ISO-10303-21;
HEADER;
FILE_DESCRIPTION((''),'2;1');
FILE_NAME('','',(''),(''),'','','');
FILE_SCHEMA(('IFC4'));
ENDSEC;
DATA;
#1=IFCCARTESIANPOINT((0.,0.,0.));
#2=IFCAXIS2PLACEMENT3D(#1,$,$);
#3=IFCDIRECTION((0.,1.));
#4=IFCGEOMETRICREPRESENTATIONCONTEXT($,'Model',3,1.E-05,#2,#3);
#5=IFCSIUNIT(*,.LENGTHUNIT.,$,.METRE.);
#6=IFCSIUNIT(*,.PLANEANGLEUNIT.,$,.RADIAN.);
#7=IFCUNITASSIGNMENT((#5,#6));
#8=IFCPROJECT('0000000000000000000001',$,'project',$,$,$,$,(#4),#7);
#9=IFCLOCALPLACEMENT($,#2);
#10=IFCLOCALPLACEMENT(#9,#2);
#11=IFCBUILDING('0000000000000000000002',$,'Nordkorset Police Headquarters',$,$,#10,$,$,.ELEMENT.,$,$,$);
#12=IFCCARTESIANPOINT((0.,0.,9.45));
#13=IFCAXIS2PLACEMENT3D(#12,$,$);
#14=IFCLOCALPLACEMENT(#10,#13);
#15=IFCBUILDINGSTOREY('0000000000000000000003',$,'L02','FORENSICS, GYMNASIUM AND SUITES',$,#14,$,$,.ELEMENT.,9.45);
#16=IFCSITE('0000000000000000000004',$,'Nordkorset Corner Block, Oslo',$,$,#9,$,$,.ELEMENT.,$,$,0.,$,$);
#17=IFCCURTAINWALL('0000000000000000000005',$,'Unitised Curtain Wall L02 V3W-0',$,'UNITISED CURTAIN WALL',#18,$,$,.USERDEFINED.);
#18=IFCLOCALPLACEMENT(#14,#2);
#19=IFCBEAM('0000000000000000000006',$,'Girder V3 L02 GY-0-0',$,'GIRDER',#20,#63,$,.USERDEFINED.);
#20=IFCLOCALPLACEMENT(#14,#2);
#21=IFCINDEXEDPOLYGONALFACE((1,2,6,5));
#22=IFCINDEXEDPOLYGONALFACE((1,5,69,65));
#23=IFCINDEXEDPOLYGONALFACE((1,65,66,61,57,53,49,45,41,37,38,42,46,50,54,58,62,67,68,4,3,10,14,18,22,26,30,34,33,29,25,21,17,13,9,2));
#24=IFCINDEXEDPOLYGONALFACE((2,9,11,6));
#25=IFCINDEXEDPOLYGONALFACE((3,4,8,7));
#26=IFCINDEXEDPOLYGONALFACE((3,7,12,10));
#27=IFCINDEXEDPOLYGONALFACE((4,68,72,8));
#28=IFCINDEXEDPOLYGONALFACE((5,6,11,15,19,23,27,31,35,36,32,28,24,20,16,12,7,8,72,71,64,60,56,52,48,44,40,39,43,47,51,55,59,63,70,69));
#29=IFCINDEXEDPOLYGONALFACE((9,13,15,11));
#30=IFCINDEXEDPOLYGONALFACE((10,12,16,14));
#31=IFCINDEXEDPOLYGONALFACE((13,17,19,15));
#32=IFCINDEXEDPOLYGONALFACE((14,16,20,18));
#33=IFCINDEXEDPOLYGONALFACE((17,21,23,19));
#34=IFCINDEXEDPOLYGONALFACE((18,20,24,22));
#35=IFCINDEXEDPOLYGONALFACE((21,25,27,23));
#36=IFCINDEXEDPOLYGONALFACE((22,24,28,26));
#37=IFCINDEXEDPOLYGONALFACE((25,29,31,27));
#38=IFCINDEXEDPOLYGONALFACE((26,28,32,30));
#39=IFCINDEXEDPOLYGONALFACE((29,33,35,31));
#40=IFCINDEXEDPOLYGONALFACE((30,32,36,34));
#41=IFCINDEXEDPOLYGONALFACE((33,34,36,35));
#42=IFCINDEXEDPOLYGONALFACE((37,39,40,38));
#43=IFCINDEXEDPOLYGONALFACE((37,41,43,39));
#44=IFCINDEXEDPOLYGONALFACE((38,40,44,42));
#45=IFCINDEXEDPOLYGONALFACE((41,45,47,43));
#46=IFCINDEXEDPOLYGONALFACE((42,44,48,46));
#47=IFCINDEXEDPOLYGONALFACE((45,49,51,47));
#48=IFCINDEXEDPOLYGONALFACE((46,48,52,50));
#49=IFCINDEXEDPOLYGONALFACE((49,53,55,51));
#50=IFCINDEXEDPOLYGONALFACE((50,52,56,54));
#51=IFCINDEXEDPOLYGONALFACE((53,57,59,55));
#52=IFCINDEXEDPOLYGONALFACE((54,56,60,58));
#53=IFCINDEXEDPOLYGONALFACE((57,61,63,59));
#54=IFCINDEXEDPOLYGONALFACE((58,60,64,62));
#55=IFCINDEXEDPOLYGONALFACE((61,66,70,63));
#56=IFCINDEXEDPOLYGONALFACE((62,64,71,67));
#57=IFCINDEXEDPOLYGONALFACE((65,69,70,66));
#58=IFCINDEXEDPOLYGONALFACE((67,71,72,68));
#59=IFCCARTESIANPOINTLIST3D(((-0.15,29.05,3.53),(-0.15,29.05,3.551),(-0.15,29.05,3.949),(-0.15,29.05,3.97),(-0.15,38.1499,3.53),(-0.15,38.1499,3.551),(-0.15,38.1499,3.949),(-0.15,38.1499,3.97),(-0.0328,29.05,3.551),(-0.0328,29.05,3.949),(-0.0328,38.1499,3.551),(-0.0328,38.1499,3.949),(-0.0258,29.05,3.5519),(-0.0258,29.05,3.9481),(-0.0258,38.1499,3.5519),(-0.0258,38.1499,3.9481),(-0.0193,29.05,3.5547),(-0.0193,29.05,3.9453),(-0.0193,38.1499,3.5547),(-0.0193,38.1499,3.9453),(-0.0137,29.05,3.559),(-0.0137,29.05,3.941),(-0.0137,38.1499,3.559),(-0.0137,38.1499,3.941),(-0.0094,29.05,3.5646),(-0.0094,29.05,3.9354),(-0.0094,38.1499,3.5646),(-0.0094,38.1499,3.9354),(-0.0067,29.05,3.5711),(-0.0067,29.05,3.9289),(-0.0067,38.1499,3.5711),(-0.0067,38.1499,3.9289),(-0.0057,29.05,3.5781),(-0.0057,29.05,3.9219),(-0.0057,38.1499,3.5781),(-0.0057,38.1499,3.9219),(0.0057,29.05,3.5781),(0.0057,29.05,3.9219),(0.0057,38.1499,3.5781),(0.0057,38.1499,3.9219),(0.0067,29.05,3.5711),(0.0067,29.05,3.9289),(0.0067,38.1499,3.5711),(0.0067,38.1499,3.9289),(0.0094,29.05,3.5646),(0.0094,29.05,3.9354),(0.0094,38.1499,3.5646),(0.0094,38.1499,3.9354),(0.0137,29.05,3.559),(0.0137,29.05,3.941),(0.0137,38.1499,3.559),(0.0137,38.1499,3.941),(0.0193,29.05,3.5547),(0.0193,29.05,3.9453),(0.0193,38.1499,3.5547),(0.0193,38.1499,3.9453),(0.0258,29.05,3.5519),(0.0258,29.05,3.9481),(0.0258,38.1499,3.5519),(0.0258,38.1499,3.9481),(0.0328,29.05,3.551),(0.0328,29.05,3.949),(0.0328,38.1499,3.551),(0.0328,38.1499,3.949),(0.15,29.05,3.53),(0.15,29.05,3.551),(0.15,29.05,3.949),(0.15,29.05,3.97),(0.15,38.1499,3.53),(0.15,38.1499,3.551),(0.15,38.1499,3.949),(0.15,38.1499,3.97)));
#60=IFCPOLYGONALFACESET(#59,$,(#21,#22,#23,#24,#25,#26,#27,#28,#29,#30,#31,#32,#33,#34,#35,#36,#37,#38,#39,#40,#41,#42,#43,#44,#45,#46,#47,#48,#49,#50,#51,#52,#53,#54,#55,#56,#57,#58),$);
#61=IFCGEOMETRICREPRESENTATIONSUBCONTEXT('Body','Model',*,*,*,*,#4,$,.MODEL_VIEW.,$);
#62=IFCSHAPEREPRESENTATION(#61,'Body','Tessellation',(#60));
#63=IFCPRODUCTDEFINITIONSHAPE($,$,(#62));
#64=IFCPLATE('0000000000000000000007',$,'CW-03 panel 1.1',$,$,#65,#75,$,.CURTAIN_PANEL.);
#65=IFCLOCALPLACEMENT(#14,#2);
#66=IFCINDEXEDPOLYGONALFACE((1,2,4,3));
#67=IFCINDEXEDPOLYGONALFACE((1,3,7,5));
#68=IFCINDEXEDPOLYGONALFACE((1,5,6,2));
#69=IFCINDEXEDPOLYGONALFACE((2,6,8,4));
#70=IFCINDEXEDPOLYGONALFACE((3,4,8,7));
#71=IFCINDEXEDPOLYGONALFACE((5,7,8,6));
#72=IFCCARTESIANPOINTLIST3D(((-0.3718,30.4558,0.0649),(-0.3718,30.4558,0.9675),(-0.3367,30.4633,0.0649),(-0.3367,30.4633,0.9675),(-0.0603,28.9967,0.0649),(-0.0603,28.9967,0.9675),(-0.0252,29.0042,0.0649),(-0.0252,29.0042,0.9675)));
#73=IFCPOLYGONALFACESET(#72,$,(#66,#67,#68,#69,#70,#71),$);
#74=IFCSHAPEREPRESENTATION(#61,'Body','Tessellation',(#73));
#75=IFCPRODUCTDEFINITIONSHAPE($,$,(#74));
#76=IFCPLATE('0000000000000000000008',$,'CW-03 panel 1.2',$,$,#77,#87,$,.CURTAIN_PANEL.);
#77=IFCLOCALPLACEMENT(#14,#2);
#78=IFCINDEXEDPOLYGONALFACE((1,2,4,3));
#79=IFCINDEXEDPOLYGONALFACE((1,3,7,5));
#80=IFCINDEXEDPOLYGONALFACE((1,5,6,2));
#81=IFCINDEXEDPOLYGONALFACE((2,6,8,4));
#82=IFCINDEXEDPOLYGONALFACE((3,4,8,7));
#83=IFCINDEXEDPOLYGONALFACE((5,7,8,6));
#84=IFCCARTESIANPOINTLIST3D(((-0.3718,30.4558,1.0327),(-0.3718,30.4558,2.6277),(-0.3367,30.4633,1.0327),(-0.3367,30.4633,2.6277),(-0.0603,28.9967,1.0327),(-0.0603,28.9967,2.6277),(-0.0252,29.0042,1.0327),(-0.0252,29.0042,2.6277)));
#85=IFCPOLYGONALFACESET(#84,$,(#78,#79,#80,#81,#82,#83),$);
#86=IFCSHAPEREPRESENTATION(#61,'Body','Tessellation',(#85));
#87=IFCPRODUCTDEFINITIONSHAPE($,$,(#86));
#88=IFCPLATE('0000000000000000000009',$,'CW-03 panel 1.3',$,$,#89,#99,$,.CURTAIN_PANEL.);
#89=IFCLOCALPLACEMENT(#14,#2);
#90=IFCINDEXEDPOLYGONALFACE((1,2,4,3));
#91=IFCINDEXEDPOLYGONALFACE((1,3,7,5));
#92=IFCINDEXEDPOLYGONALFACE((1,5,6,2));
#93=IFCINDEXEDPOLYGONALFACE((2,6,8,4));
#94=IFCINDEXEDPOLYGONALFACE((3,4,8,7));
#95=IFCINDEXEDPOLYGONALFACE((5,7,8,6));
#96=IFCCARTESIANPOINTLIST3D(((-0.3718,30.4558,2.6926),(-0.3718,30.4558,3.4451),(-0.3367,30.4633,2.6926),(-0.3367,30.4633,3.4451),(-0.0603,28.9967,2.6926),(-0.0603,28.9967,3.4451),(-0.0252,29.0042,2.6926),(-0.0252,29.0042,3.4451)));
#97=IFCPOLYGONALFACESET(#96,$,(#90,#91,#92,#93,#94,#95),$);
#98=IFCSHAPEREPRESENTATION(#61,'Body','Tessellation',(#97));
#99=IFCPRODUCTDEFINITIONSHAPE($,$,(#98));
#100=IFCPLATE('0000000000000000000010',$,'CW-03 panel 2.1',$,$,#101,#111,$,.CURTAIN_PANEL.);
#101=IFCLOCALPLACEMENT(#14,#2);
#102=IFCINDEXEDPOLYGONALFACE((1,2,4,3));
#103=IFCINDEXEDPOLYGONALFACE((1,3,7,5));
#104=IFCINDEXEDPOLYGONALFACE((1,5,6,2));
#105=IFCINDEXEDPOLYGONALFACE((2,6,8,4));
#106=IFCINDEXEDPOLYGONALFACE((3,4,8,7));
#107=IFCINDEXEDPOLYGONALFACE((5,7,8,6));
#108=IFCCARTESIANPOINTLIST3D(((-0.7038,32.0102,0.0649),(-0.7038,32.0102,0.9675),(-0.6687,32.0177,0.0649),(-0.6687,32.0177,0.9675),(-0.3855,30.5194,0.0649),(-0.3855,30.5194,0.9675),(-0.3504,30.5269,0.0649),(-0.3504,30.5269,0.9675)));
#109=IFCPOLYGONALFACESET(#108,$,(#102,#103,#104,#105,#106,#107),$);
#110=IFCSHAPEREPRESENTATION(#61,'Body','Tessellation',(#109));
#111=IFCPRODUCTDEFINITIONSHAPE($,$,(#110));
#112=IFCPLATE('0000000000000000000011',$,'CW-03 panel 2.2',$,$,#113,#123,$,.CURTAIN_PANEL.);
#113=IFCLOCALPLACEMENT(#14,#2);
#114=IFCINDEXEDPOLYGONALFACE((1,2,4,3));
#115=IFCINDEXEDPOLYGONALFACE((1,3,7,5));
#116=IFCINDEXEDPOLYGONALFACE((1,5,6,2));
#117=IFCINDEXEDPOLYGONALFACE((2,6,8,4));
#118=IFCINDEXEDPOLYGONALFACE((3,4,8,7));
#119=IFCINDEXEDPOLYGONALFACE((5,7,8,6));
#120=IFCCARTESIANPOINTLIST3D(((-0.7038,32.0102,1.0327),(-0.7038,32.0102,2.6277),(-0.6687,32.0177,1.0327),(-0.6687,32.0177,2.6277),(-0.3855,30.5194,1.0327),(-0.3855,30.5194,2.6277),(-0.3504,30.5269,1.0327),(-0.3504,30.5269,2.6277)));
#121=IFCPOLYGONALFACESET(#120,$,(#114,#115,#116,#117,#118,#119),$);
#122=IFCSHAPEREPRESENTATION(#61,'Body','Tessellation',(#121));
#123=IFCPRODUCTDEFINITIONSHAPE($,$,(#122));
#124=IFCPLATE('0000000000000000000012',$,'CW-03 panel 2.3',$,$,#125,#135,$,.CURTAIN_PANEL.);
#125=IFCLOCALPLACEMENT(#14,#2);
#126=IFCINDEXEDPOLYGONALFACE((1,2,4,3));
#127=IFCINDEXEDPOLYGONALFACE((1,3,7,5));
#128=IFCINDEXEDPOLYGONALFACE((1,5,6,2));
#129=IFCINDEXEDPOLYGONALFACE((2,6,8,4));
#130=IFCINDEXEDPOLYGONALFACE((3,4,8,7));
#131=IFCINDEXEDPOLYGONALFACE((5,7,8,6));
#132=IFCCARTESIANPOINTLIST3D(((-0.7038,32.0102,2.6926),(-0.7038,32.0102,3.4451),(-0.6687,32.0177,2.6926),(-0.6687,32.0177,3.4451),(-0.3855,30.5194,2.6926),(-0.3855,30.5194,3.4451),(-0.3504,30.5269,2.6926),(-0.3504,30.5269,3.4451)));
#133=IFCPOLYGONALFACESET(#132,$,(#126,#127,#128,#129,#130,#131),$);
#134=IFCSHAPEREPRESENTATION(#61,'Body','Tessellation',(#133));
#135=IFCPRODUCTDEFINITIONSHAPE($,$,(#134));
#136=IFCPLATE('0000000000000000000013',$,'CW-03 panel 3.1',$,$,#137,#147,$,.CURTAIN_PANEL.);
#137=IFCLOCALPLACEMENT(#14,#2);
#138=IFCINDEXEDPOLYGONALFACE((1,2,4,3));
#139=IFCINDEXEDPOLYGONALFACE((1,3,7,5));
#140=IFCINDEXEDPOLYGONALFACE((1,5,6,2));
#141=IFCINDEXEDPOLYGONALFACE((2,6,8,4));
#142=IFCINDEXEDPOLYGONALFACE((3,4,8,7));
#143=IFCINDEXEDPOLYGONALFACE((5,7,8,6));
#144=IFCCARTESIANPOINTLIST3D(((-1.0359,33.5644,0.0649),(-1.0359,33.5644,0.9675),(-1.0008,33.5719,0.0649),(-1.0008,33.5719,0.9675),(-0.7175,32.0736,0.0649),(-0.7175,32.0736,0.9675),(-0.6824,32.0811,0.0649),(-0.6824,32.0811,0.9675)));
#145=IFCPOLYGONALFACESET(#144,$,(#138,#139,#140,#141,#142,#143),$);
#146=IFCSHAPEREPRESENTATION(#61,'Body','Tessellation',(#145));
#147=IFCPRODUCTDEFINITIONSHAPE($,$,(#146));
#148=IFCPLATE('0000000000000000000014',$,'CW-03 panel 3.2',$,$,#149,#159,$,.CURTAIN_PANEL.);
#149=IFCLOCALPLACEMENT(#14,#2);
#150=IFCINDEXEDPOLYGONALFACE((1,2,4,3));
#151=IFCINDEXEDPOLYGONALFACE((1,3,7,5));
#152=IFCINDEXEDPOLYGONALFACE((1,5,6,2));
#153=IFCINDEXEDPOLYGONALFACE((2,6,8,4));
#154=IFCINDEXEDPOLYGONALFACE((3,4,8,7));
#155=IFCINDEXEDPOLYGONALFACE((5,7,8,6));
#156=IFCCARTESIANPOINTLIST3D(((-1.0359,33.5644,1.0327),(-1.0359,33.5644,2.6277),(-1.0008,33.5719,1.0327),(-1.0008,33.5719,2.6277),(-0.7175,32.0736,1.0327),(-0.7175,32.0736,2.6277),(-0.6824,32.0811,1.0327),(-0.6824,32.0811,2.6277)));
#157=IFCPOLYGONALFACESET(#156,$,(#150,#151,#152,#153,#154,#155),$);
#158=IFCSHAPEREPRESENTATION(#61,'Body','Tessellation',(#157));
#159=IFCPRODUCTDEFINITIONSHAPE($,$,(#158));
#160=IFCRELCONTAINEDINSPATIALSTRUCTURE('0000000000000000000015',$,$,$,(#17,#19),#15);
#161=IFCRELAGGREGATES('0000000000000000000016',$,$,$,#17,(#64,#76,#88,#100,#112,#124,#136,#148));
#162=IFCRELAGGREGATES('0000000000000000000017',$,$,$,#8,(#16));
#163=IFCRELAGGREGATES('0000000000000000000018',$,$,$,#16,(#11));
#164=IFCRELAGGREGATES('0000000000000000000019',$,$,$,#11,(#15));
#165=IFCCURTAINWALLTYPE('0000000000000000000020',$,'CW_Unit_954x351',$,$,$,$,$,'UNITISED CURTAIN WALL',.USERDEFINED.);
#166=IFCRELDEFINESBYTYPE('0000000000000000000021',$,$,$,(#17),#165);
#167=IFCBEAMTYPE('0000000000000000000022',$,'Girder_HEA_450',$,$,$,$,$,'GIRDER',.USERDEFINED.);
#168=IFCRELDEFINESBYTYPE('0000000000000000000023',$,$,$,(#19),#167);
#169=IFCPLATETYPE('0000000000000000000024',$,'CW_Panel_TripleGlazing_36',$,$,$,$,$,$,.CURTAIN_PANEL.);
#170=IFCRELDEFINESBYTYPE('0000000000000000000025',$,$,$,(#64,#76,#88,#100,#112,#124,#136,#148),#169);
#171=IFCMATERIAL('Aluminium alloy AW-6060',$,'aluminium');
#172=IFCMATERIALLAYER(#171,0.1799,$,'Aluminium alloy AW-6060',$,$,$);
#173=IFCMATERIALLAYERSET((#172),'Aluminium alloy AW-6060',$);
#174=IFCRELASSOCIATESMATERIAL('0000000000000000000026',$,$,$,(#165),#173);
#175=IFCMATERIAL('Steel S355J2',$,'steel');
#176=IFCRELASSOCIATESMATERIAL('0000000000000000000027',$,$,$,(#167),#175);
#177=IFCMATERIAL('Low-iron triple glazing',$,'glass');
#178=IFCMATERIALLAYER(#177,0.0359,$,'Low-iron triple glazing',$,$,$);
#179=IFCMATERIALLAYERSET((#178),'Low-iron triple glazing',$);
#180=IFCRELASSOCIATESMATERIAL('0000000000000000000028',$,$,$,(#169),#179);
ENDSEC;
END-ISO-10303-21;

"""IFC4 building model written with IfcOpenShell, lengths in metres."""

from ifc_helpers import new_model, si_unit, direction, frame, origin, origin_2d, place, context, subcontext, project, spatial, rectangle, i_section, extrude, material, layer, layer_set, material_profile, profile_set, type_object, element, aggregate, save


model = new_model("IFC4")

# Units and contexts
model_context = context("Model", 3, precision=1e-05, world=origin(), true_north=direction((0.0, 1.0)))
body_context = subcontext(model_context, "Body", "Model", "MODEL_VIEW")
ifc_project = project(units=[si_unit("LENGTHUNIT", "METRE"), si_unit("PLANEANGLEUNIT", "RADIAN")], contexts=[model_context])

# Site, building, storey
site_placement = place(None, origin())
site = spatial("IfcSite", under=ifc_project, at=site_placement, Name="Nordkorset Corner Block, Oslo", CompositionType="ELEMENT", RefElevation=0.0)
building_placement = place(site_placement, origin())
building = spatial("IfcBuilding", under=site, at=building_placement, Name="Nordkorset Police Headquarters", CompositionType="ELEMENT")
storey_placement = place(building_placement, frame((0.0, 0.0, 9.45)))
storey = spatial("IfcBuildingStorey", under=building, at=storey_placement, Name="L02", Description="FORENSICS, GYMNASIUM AND SUITES", CompositionType="ELEMENT", Elevation=9.45)

# Curtain wall
ifc_material_1 = material(Name="Aluminium alloy AW-6060", Category="aluminium")
ifc_layer_1 = layer(ifc_material_1, 0.1799, Name="Aluminium alloy AW-6060")
ifc_layer_set_1 = layer_set([ifc_layer_1], Name="Aluminium alloy AW-6060")
curtain_wall_type = type_object("IfcCurtainWallType", Name="CW_Unit_954x351", ElementType="UNITISED CURTAIN WALL", PredefinedType="USERDEFINED", material=ifc_layer_set_1)
curtain_wall_placement = place(storey_placement, origin())
curtain_wall = element("IfcCurtainWall", 1, at=curtain_wall_placement, inside=storey, type_object=curtain_wall_type, Name="Unitised Curtain Wall L02 V3W-0", ObjectType="UNITISED CURTAIN WALL", PredefinedType="USERDEFINED")

# Beam
ifc_material_2 = material(Name="Steel S355J2", Category="steel")
ifc_material_profile_1 = material_profile(ifc_material_2, i_section(OverallWidth=0.3, OverallDepth=0.4399, WebThickness=0.0115, FlangeThickness=0.021, FilletRadius=0.0271, at=origin_2d()), Name="HEA 450")
ifc_profile_set_1 = profile_set([ifc_material_profile_1], Name="Steel S355J2")
beam_type = type_object("IfcBeamType", Name="Girder_HEA_450", ElementType="GIRDER", PredefinedType="USERDEFINED", material=ifc_profile_set_1)
beam_placement = place(storey_placement, frame((0.0, 29.05, 3.75), z_axis=(0.0, 1.0, 0.0), x_axis=(-1.0, 0.0, 0.0)))
element("IfcBeam", 2, at=beam_placement, inside=storey, type_object=beam_type, Name="Girder V3 L02 GY-0-0", ObjectType="GIRDER", PredefinedType="USERDEFINED", context=body_context, shape_type="SweptSolid", body=[
    extrude(i_section(OverallWidth=0.3, OverallDepth=0.4399, WebThickness=0.0115, FlangeThickness=0.021, FilletRadius=0.0271, at=origin_2d()), origin(), (0.0, 0.0, 1.0), 9.0999),
])

# Plates
ifc_material_3 = material(Name="Low-iron triple glazing", Category="glass")
ifc_layer_2 = layer(ifc_material_3, 0.0359, Name="Low-iron triple glazing")
ifc_layer_set_2 = layer_set([ifc_layer_2], Name="Low-iron triple glazing")
plate_type = type_object("IfcPlateType", Name="CW_Panel_TripleGlazing_36", PredefinedType="CURTAIN_PANEL", material=ifc_layer_set_2)
plate_1_placement = place(storey_placement, frame((-0.1985, 29.73, 0.0649), z_axis=(0.0, 0.0, 1.0), x_axis=(-0.208833, 0.977951, 0.0)))
plate_1 = element("IfcPlate", 3, at=plate_1_placement, type_object=plate_type, Name="CW-03 panel 1.1", PredefinedType="CURTAIN_PANEL", context=body_context, shape_type="SweptSolid", body=[
    extrude(rectangle(XDim=1.4919, YDim=0.0359, at=origin_2d()), origin(), (0.0, 0.0, 1.0), 0.9026),
])
plate_2_placement = place(storey_placement, frame((-0.1985, 29.73, 1.0327), z_axis=(0.0, 0.0, 1.0), x_axis=(-0.208833, 0.977951, 0.0)))
plate_2 = element("IfcPlate", 4, at=plate_2_placement, type_object=plate_type, Name="CW-03 panel 1.2", PredefinedType="CURTAIN_PANEL", context=body_context, shape_type="SweptSolid", body=[
    extrude(rectangle(XDim=1.4919, YDim=0.0359, at=origin_2d()), origin(), (0.0, 0.0, 1.0), 1.595),
])
plate_3_placement = place(storey_placement, frame((-0.1985, 29.73, 2.6926), z_axis=(0.0, 0.0, 1.0), x_axis=(-0.208833, 0.977951, 0.0)))
plate_3 = element("IfcPlate", 5, at=plate_3_placement, type_object=plate_type, Name="CW-03 panel 1.3", PredefinedType="CURTAIN_PANEL", context=body_context, shape_type="SweptSolid", body=[
    extrude(rectangle(XDim=1.4919, YDim=0.0359, at=origin_2d()), origin(), (0.0, 0.0, 1.0), 0.7524),
])
plate_4_placement = place(storey_placement, frame((-0.5271, 31.2686, 0.0649), z_axis=(0.0, 0.0, 1.0), x_axis=(-0.208833, 0.977951, 0.0)))
plate_4 = element("IfcPlate", 6, at=plate_4_placement, type_object=plate_type, Name="CW-03 panel 2.1", PredefinedType="CURTAIN_PANEL", context=body_context, shape_type="SweptSolid", body=[
    extrude(rectangle(XDim=1.5244, YDim=0.0359, at=origin_2d()), origin(), (0.0, 0.0, 1.0), 0.9026),
])
plate_5_placement = place(storey_placement, frame((-0.5271, 31.2686, 1.0327), z_axis=(0.0, 0.0, 1.0), x_axis=(-0.208833, 0.977951, 0.0)))
plate_5 = element("IfcPlate", 7, at=plate_5_placement, type_object=plate_type, Name="CW-03 panel 2.2", PredefinedType="CURTAIN_PANEL", context=body_context, shape_type="SweptSolid", body=[
    extrude(rectangle(XDim=1.5244, YDim=0.0359, at=origin_2d()), origin(), (0.0, 0.0, 1.0), 1.595),
])
plate_6_placement = place(storey_placement, frame((-0.5271, 31.2686, 2.6926), z_axis=(0.0, 0.0, 1.0), x_axis=(-0.208833, 0.977951, 0.0)))
plate_6 = element("IfcPlate", 8, at=plate_6_placement, type_object=plate_type, Name="CW-03 panel 2.3", PredefinedType="CURTAIN_PANEL", context=body_context, shape_type="SweptSolid", body=[
    extrude(rectangle(XDim=1.5244, YDim=0.0359, at=origin_2d()), origin(), (0.0, 0.0, 1.0), 0.7524),
])
plate_7_placement = place(storey_placement, frame((-0.8591, 32.8228, 0.0649), z_axis=(0.0, 0.0, 1.0), x_axis=(-0.208833, 0.977951, 0.0)))
plate_7 = element("IfcPlate", 9, at=plate_7_placement, type_object=plate_type, Name="CW-03 panel 3.1", PredefinedType="CURTAIN_PANEL", context=body_context, shape_type="SweptSolid", body=[
    extrude(rectangle(XDim=1.5244, YDim=0.0359, at=origin_2d()), origin(), (0.0, 0.0, 1.0), 0.9026),
])
plate_8_placement = place(storey_placement, frame((-0.8591, 32.8228, 1.0327), z_axis=(0.0, 0.0, 1.0), x_axis=(-0.208833, 0.977951, 0.0)))
plate_8 = element("IfcPlate", 10, at=plate_8_placement, type_object=plate_type, Name="CW-03 panel 3.2", PredefinedType="CURTAIN_PANEL", context=body_context, shape_type="SweptSolid", body=[
    extrude(rectangle(XDim=1.5244, YDim=0.0359, at=origin_2d()), origin(), (0.0, 0.0, 1.0), 1.595),
])
aggregate(curtain_wall, [plate_1, plate_2, plate_3, plate_4, plate_5, plate_6, plate_7, plate_8])

save(model, "model.ifc")
